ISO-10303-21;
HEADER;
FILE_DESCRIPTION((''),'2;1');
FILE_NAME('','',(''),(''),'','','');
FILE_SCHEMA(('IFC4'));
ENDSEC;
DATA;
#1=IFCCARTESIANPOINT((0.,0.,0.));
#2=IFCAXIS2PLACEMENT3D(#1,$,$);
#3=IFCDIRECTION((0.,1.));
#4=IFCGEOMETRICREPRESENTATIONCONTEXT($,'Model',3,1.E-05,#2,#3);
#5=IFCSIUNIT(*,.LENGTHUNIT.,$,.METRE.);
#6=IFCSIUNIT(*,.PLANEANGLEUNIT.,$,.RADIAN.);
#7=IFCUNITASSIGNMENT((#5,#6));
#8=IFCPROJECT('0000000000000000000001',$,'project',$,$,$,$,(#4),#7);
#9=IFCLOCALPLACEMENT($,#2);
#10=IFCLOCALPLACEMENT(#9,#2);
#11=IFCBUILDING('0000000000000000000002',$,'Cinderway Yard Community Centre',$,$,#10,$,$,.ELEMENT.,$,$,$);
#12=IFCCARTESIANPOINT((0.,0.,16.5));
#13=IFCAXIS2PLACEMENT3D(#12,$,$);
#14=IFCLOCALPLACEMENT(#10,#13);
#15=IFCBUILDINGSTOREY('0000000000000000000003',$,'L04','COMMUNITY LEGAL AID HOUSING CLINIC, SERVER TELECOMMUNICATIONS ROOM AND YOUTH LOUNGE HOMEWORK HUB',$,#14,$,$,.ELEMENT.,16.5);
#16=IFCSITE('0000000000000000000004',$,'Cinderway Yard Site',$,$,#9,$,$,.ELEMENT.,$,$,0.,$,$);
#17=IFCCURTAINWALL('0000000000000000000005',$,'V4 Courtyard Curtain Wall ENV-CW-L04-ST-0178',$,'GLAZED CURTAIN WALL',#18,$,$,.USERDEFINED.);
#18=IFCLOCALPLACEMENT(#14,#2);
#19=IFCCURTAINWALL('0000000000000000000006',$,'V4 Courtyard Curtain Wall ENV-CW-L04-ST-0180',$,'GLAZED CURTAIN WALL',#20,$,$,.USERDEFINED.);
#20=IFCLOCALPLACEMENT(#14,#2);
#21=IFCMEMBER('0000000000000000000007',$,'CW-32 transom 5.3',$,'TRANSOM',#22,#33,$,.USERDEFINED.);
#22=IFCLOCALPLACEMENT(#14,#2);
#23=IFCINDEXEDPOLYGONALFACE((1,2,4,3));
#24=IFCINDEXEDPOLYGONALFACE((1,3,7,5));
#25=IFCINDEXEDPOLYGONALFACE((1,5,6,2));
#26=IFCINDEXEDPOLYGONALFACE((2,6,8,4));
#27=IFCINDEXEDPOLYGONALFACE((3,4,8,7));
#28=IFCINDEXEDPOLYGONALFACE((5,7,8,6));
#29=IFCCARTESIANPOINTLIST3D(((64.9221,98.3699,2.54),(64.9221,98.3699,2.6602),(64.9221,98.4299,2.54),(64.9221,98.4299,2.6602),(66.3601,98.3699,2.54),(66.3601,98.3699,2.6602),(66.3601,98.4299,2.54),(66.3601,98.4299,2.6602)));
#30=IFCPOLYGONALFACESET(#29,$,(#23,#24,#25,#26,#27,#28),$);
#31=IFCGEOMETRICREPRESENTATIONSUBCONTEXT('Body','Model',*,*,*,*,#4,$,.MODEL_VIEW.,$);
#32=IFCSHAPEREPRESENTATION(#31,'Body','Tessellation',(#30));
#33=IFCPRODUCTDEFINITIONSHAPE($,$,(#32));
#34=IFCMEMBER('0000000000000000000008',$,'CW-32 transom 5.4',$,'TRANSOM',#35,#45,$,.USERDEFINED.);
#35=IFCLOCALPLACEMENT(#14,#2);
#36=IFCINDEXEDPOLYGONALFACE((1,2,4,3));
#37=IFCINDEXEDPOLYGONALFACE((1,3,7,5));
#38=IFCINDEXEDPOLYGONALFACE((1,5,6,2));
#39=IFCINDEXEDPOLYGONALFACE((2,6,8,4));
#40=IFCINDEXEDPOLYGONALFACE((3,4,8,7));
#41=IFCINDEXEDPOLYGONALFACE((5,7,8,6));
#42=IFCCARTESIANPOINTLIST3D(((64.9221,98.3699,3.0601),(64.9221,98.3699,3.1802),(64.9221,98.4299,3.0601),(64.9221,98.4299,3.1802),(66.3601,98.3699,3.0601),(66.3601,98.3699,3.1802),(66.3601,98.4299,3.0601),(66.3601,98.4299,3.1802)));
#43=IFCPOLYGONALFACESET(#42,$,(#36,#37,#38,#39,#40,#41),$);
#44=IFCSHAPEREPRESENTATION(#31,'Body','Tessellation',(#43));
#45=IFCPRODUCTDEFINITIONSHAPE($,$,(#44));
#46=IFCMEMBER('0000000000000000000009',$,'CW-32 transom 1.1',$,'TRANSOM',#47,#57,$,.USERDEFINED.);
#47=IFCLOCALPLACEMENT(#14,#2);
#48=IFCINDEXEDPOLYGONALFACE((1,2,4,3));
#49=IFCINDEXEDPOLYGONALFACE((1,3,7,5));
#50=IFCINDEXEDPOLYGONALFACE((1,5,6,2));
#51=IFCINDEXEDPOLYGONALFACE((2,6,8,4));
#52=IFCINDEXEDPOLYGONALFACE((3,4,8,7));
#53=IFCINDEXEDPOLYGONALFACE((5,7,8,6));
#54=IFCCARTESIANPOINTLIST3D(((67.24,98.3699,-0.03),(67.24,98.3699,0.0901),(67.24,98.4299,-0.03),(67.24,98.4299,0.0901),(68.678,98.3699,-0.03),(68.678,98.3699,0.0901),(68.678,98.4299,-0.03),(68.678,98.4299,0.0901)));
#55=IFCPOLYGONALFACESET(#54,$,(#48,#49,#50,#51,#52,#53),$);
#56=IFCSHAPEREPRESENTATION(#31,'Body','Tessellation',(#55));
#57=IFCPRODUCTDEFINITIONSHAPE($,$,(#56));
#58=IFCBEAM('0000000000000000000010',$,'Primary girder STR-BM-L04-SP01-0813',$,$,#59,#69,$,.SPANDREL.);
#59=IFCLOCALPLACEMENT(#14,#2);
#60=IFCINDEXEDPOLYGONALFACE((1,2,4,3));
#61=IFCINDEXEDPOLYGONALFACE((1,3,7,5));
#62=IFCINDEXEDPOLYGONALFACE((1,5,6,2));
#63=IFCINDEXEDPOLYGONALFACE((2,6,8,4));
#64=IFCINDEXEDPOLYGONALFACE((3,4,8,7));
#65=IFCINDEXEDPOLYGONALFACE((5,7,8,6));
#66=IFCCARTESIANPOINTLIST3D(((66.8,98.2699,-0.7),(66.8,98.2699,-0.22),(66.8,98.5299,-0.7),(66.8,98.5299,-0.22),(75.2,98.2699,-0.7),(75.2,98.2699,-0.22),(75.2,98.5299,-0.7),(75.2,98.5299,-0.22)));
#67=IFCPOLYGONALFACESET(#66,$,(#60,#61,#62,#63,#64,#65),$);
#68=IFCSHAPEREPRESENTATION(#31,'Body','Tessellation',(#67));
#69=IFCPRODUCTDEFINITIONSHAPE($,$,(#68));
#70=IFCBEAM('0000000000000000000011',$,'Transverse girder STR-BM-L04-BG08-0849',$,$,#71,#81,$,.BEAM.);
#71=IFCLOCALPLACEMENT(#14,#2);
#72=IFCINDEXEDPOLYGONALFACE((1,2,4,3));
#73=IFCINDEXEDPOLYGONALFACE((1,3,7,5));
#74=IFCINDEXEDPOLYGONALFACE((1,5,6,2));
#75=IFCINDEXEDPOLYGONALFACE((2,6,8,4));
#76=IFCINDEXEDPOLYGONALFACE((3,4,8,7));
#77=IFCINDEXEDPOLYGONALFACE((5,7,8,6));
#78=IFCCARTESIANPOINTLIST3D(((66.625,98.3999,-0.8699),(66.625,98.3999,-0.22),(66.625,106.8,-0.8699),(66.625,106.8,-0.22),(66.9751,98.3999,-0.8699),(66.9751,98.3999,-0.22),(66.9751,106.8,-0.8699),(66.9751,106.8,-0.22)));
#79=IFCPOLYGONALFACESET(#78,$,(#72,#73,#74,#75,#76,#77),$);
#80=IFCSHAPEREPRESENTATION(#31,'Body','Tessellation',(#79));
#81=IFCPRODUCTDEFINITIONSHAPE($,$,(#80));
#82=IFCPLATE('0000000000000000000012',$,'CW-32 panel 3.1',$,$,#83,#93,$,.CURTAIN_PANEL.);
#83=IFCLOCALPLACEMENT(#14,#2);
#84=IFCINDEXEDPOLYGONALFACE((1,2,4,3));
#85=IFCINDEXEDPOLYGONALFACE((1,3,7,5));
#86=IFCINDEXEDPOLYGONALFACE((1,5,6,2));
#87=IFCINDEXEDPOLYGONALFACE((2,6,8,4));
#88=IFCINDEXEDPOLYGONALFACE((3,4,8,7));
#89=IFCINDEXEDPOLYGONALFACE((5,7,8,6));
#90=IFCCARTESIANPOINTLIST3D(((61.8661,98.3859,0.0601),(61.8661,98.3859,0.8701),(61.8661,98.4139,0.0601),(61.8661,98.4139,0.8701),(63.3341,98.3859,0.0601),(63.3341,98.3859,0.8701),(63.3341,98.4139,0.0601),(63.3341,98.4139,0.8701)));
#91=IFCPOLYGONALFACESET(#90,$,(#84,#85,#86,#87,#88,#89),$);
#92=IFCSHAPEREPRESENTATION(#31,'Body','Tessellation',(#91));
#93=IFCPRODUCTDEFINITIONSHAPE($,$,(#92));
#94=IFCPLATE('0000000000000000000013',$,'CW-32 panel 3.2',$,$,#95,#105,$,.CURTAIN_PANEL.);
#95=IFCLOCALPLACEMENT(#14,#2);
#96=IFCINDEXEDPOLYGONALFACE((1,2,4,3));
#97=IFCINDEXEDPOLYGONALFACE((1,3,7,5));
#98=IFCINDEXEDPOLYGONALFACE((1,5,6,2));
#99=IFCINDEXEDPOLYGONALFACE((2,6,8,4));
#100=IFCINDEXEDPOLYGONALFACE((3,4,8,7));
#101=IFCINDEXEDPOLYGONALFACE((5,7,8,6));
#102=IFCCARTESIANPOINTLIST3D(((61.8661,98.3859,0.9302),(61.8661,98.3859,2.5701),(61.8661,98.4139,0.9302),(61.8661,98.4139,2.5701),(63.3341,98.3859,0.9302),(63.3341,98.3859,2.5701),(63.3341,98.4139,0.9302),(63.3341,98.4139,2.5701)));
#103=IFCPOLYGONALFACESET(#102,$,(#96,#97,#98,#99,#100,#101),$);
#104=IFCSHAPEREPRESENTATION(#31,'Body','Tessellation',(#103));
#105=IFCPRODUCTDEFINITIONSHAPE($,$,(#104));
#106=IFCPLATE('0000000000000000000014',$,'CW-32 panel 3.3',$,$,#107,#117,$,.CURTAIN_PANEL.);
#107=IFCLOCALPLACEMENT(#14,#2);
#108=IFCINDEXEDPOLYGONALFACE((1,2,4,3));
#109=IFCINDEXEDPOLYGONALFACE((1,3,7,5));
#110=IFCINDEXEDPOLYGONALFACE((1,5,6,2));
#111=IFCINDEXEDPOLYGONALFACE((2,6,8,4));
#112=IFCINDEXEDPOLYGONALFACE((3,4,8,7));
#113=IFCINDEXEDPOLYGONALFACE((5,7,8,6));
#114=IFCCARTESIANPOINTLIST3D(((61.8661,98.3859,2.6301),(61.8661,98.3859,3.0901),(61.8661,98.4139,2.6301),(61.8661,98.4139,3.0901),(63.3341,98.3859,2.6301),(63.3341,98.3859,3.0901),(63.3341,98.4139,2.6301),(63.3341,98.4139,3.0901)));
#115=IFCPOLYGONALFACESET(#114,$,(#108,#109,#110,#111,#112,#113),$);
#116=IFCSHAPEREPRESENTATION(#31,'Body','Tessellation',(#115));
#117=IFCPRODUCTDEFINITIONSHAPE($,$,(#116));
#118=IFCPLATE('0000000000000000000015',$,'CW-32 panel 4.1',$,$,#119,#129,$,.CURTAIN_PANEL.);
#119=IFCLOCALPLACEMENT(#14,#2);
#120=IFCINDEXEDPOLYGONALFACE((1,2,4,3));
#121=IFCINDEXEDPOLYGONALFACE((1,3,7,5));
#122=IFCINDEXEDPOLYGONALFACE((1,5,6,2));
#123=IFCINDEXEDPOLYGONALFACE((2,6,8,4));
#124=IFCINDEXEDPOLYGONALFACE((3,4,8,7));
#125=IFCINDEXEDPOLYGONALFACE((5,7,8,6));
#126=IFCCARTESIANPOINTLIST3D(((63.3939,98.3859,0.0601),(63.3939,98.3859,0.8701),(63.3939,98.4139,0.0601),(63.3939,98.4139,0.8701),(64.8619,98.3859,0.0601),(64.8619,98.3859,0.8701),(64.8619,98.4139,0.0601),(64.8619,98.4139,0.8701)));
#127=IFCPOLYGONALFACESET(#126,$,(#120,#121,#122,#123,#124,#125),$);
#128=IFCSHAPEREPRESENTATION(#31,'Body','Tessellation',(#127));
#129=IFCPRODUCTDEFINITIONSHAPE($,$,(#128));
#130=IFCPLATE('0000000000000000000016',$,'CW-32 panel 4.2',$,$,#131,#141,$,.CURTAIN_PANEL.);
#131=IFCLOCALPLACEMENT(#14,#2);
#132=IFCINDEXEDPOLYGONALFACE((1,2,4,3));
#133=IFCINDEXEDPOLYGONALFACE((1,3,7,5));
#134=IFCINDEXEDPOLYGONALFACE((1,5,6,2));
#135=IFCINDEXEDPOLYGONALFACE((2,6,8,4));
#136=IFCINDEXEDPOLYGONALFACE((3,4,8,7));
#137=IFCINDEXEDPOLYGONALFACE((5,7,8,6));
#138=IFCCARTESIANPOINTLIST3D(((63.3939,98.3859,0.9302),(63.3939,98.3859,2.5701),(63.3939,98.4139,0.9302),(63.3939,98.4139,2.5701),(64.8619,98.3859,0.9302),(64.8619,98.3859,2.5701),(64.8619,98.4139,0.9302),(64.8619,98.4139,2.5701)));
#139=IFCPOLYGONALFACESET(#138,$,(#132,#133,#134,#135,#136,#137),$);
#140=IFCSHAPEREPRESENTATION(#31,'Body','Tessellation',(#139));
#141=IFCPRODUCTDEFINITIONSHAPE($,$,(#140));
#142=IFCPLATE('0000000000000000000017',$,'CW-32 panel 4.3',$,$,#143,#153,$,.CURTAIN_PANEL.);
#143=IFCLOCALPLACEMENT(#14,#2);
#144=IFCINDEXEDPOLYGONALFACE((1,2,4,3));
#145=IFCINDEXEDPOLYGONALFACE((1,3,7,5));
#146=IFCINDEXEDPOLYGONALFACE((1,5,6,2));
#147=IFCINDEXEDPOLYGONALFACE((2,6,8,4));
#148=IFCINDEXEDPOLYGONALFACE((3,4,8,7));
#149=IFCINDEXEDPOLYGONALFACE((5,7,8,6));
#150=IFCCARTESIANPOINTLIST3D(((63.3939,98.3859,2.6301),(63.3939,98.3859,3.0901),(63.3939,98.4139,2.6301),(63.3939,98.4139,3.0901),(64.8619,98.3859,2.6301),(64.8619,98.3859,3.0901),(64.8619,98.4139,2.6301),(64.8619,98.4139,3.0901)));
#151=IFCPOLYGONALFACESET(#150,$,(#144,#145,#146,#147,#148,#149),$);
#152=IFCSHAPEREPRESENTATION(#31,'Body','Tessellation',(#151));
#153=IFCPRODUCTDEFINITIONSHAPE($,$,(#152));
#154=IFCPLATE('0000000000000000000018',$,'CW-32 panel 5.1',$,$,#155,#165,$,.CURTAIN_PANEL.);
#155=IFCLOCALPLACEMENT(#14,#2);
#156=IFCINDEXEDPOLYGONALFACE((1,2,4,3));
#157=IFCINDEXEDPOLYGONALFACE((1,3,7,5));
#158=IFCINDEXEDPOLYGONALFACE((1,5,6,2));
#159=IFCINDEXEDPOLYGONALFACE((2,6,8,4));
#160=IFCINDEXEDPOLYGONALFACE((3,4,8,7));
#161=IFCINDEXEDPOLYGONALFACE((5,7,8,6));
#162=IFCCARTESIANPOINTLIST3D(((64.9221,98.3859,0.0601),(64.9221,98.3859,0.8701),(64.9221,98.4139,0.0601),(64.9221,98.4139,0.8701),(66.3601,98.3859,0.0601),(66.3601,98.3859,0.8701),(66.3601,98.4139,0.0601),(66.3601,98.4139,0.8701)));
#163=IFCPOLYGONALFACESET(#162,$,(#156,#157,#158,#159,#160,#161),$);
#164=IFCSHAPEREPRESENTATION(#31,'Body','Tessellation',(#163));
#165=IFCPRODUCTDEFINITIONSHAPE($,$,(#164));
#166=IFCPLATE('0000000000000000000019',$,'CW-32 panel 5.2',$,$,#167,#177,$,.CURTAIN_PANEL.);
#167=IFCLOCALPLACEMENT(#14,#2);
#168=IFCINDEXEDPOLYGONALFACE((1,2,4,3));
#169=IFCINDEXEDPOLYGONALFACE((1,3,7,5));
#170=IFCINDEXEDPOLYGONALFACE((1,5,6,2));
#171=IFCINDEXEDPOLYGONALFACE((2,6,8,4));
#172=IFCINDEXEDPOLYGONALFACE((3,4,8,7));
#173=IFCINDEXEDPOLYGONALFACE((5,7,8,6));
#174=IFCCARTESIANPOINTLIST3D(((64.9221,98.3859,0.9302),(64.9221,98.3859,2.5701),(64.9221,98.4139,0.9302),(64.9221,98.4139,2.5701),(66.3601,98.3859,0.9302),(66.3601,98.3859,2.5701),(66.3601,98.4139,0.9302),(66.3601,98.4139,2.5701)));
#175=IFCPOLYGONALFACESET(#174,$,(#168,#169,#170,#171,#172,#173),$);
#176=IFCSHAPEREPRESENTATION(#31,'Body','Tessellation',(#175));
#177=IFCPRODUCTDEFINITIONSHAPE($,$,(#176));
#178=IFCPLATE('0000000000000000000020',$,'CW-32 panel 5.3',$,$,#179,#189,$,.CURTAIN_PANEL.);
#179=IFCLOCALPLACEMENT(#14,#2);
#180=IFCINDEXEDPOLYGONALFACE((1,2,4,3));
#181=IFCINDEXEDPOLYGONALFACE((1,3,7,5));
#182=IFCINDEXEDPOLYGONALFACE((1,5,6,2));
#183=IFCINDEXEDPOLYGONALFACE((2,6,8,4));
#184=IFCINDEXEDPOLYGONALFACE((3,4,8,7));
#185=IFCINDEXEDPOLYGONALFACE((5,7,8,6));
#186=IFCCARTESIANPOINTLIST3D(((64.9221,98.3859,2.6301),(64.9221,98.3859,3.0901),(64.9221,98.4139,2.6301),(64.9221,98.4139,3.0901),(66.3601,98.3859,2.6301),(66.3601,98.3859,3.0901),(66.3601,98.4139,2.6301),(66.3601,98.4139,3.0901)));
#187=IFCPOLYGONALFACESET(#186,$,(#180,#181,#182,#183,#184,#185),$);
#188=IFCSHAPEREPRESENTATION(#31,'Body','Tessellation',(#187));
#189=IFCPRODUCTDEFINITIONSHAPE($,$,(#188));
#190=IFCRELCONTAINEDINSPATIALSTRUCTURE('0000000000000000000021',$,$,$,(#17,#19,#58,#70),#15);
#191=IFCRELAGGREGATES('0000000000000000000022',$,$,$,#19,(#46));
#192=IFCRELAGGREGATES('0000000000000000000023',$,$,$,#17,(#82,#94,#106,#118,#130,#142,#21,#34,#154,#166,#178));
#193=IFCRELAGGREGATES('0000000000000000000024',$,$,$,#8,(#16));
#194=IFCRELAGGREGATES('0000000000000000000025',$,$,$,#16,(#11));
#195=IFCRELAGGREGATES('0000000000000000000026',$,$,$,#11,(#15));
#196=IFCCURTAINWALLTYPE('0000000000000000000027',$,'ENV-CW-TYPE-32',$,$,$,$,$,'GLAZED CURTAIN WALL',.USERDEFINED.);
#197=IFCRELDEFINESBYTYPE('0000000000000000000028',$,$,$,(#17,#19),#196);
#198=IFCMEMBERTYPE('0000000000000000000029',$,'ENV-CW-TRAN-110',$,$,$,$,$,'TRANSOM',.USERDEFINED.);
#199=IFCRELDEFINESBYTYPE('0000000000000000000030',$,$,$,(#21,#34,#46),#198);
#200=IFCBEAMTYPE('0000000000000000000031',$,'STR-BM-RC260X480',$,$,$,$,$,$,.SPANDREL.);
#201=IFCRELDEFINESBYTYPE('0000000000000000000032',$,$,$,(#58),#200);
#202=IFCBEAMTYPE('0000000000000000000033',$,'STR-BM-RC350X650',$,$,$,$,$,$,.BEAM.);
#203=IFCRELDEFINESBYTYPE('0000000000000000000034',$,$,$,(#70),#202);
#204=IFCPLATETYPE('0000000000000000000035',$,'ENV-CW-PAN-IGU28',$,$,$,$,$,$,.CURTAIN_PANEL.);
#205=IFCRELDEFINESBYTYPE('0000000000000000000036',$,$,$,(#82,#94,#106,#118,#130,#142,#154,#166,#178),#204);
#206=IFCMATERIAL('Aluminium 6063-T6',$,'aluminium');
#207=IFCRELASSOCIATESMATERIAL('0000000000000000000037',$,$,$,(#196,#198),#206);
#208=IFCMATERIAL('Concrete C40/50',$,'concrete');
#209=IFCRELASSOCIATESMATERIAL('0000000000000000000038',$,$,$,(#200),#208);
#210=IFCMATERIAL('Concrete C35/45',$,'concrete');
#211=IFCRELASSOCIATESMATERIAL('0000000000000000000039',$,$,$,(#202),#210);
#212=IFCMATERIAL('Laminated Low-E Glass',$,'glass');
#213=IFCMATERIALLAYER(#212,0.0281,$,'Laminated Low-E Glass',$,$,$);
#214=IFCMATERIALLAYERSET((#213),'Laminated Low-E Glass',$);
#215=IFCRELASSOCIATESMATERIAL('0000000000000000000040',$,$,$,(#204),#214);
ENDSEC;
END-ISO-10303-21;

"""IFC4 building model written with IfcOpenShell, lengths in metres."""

from ifc_helpers import new_model, si_unit, direction, frame, origin, origin_2d, place, context, subcontext, project, spatial, rectangle, extrude, material, layer, layer_set, material_profile, profile_set, type_object, element, aggregate, save


model = new_model("IFC4")

# Units and contexts
model_context = context("Model", 3, precision=1e-05, world=origin(), true_north=direction((0.0, 1.0)))
body_context = subcontext(model_context, "Body", "Model", "MODEL_VIEW")
ifc_project = project(units=[si_unit("LENGTHUNIT", "METRE"), si_unit("PLANEANGLEUNIT", "RADIAN")], contexts=[model_context])

# Site, building, storey
site_placement = place(None, origin())
site = spatial("IfcSite", under=ifc_project, at=site_placement, Name="Cinderway Yard Site", CompositionType="ELEMENT", RefElevation=0.0)
building_placement = place(site_placement, origin())
building = spatial("IfcBuilding", under=site, at=building_placement, Name="Cinderway Yard Community Centre", CompositionType="ELEMENT")
storey_placement = place(building_placement, frame((0.0, 0.0, 16.5)))
storey = spatial("IfcBuildingStorey", under=building, at=storey_placement, Name="L04", Description="COMMUNITY LEGAL AID HOUSING CLINIC, SERVER TELECOMMUNICATIONS ROOM AND YOUTH LOUNGE HOMEWORK HUB", CompositionType="ELEMENT", Elevation=16.5)

# Shared definitions
ifc_material_1 = material(Name="Concrete C40/50", Category="concrete")

# Curtain wall
ifc_material_2 = material(Name="Aluminium 6063-T6", Category="aluminium")
curtain_wall_type = type_object("IfcCurtainWallType", Name="ENV-CW-TYPE-32", ElementType="GLAZED CURTAIN WALL", PredefinedType="USERDEFINED", material=ifc_material_2)
curtain_wall_1_placement = place(storey_placement, origin())
curtain_wall_1 = element("IfcCurtainWall", 1, at=curtain_wall_1_placement, inside=storey, type_object=curtain_wall_type, Name="V4 Courtyard Curtain Wall ENV-CW-L04-ST-0178", ObjectType="GLAZED CURTAIN WALL", PredefinedType="USERDEFINED")

# Curtain wall
curtain_wall_2_placement = place(storey_placement, origin())
curtain_wall_2 = element("IfcCurtainWall", 2, at=curtain_wall_2_placement, inside=storey, type_object=curtain_wall_type, Name="V4 Courtyard Curtain Wall ENV-CW-L04-ST-0180", ObjectType="GLAZED CURTAIN WALL", PredefinedType="USERDEFINED")

# Members
ifc_material_profile_1 = material_profile(ifc_material_2, rectangle(XDim=0.0601, YDim=0.1201, at=origin_2d()), Name="Aluminium 6063-T6")
ifc_profile_set_1 = profile_set([ifc_material_profile_1], Name="Aluminium 6063-T6")
member_type_1 = type_object("IfcMemberType", Name="ENV-CW-TRAN-110", ElementType="TRANSOM", PredefinedType="USERDEFINED", material=ifc_profile_set_1)
member_1_placement = place(storey_placement, frame((64.9221, 98.3999, 2.6001), z_axis=(1.0, 0.0, 0.0), x_axis=(0.0, 1.0, 0.0)))
member_1 = element("IfcMember", 3, at=member_1_placement, type_object=member_type_1, Name="CW-32 transom 5.3", ObjectType="TRANSOM", PredefinedType="USERDEFINED", context=body_context, shape_type="SweptSolid", body=[
    extrude(rectangle(XDim=0.0601, YDim=0.1201, at=origin_2d()), origin(), (0.0, 0.0, 1.0), 1.438),
])
member_2_placement = place(storey_placement, frame((64.9221, 98.3999, 3.1201), z_axis=(1.0, 0.0, 0.0), x_axis=(0.0, 1.0, 0.0)))
member_2 = element("IfcMember", 4, at=member_2_placement, type_object=member_type_1, Name="CW-32 transom 5.4", ObjectType="TRANSOM", PredefinedType="USERDEFINED", context=body_context, shape_type="SweptSolid", body=[
    extrude(rectangle(XDim=0.0601, YDim=0.1201, at=origin_2d()), origin(), (0.0, 0.0, 1.0), 1.438),
])
member_3_placement = place(storey_placement, frame((67.24, 98.3999, 0.03), z_axis=(1.0, 0.0, 0.0), x_axis=(0.0, 1.0, 0.0)))
member_3 = element("IfcMember", 5, at=member_3_placement, type_object=member_type_1, Name="CW-32 transom 1.1", ObjectType="TRANSOM", PredefinedType="USERDEFINED", context=body_context, shape_type="SweptSolid", body=[
    extrude(rectangle(XDim=0.0601, YDim=0.1201, at=origin_2d()), origin(), (0.0, 0.0, 1.0), 1.438),
])
aggregate(curtain_wall_2, [member_3])

# Beams
ifc_material_profile_2 = material_profile(ifc_material_1, rectangle(XDim=0.26, YDim=0.48, at=origin_2d()), Name="Concrete C40/50")
ifc_profile_set_2 = profile_set([ifc_material_profile_2], Name="Concrete C40/50")
beam_type_1 = type_object("IfcBeamType", Name="STR-BM-RC260X480", PredefinedType="SPANDREL", material=ifc_profile_set_2)
beam_1_placement = place(storey_placement, frame((66.8, 98.3999, -0.46), z_axis=(1.0, 0.0, 0.0), x_axis=(0.0, 1.0, 0.0)))
element("IfcBeam", 6, at=beam_1_placement, inside=storey, type_object=beam_type_1, Name="Primary girder STR-BM-L04-SP01-0813", PredefinedType="SPANDREL", context=body_context, shape_type="SweptSolid", body=[
    extrude(rectangle(XDim=0.26, YDim=0.48, at=origin_2d()), origin(), (0.0, 0.0, 1.0), 8.3999),
])
ifc_material_3 = material(Name="Concrete C35/45", Category="concrete")
ifc_material_profile_3 = material_profile(ifc_material_3, rectangle(XDim=0.3501, YDim=0.6499, at=origin_2d()), Name="Concrete C35/45")
ifc_profile_set_3 = profile_set([ifc_material_profile_3], Name="Concrete C35/45")
beam_type_2 = type_object("IfcBeamType", Name="STR-BM-RC350X650", PredefinedType="BEAM", material=ifc_profile_set_3)
beam_2_placement = place(storey_placement, frame((66.8, 98.3999, -0.5449), z_axis=(0.0, 1.0, 0.0), x_axis=(-1.0, 0.0, 0.0)))
element("IfcBeam", 7, at=beam_2_placement, inside=storey, type_object=beam_type_2, Name="Transverse girder STR-BM-L04-BG08-0849", PredefinedType="BEAM", context=body_context, shape_type="SweptSolid", body=[
    extrude(rectangle(XDim=0.3501, YDim=0.6499, at=origin_2d()), origin(), (0.0, 0.0, 1.0), 8.4001),
])

# Plates
ifc_material_4 = material(Name="Laminated Low-E Glass", Category="glass")
ifc_layer = layer(ifc_material_4, 0.0281, Name="Laminated Low-E Glass")
ifc_layer_set = layer_set([ifc_layer], Name="Laminated Low-E Glass")
plate_type = type_object("IfcPlateType", Name="ENV-CW-PAN-IGU28", PredefinedType="CURTAIN_PANEL", material=ifc_layer_set)
plate_1_placement = place(storey_placement, frame((62.6001, 98.3999, 0.0601), z_axis=(0.0, 0.0, 1.0), x_axis=(1.0, 0.0, 0.0)))
plate_1 = element("IfcPlate", 8, at=plate_1_placement, type_object=plate_type, Name="CW-32 panel 3.1", PredefinedType="CURTAIN_PANEL", context=body_context, shape_type="SweptSolid", body=[
    extrude(rectangle(XDim=1.468, YDim=0.0281, at=origin_2d()), origin(), (0.0, 0.0, 1.0), 0.8101),
])
plate_2_placement = place(storey_placement, frame((62.6001, 98.3999, 0.9302), z_axis=(0.0, 0.0, 1.0), x_axis=(1.0, 0.0, 0.0)))
plate_2 = element("IfcPlate", 9, at=plate_2_placement, type_object=plate_type, Name="CW-32 panel 3.2", PredefinedType="CURTAIN_PANEL", context=body_context, shape_type="SweptSolid", body=[
    extrude(rectangle(XDim=1.468, YDim=0.0281, at=origin_2d()), origin(), (0.0, 0.0, 1.0), 1.6399),
])
plate_3_placement = place(storey_placement, frame((62.6001, 98.3999, 2.6301), z_axis=(0.0, 0.0, 1.0), x_axis=(1.0, 0.0, 0.0)))
plate_3 = element("IfcPlate", 10, at=plate_3_placement, type_object=plate_type, Name="CW-32 panel 3.3", PredefinedType="CURTAIN_PANEL", context=body_context, shape_type="SweptSolid", body=[
    extrude(rectangle(XDim=1.468, YDim=0.0281, at=origin_2d()), origin(), (0.0, 0.0, 1.0), 0.46),
])
plate_4_placement = place(storey_placement, frame((64.1279, 98.3999, 0.0601), z_axis=(0.0, 0.0, 1.0), x_axis=(1.0, 0.0, 0.0)))
plate_4 = element("IfcPlate", 11, at=plate_4_placement, type_object=plate_type, Name="CW-32 panel 4.1", PredefinedType="CURTAIN_PANEL", context=body_context, shape_type="SweptSolid", body=[
    extrude(rectangle(XDim=1.468, YDim=0.0281, at=origin_2d()), origin(), (0.0, 0.0, 1.0), 0.8101),
])
plate_5_placement = place(storey_placement, frame((64.1279, 98.3999, 0.9302), z_axis=(0.0, 0.0, 1.0), x_axis=(1.0, 0.0, 0.0)))
plate_5 = element("IfcPlate", 12, at=plate_5_placement, type_object=plate_type, Name="CW-32 panel 4.2", PredefinedType="CURTAIN_PANEL", context=body_context, shape_type="SweptSolid", body=[
    extrude(rectangle(XDim=1.468, YDim=0.0281, at=origin_2d()), origin(), (0.0, 0.0, 1.0), 1.6399),
])
plate_6_placement = place(storey_placement, frame((64.1279, 98.3999, 2.6301), z_axis=(0.0, 0.0, 1.0), x_axis=(1.0, 0.0, 0.0)))
plate_6 = element("IfcPlate", 13, at=plate_6_placement, type_object=plate_type, Name="CW-32 panel 4.3", PredefinedType="CURTAIN_PANEL", context=body_context, shape_type="SweptSolid", body=[
    extrude(rectangle(XDim=1.468, YDim=0.0281, at=origin_2d()), origin(), (0.0, 0.0, 1.0), 0.46),
])
plate_7_placement = place(storey_placement, frame((65.6411, 98.3999, 0.0601), z_axis=(0.0, 0.0, 1.0), x_axis=(1.0, 0.0, 0.0)))
plate_7 = element("IfcPlate", 14, at=plate_7_placement, type_object=plate_type, Name="CW-32 panel 5.1", PredefinedType="CURTAIN_PANEL", context=body_context, shape_type="SweptSolid", body=[
    extrude(rectangle(XDim=1.438, YDim=0.0281, at=origin_2d()), origin(), (0.0, 0.0, 1.0), 0.8101),
])
plate_8_placement = place(storey_placement, frame((65.6411, 98.3999, 0.9302), z_axis=(0.0, 0.0, 1.0), x_axis=(1.0, 0.0, 0.0)))
plate_8 = element("IfcPlate", 15, at=plate_8_placement, type_object=plate_type, Name="CW-32 panel 5.2", PredefinedType="CURTAIN_PANEL", context=body_context, shape_type="SweptSolid", body=[
    extrude(rectangle(XDim=1.438, YDim=0.0281, at=origin_2d()), origin(), (0.0, 0.0, 1.0), 1.6399),
])
plate_9_placement = place(storey_placement, frame((65.6411, 98.3999, 2.6301), z_axis=(0.0, 0.0, 1.0), x_axis=(1.0, 0.0, 0.0)))
plate_9 = element("IfcPlate", 16, at=plate_9_placement, type_object=plate_type, Name="CW-32 panel 5.3", PredefinedType="CURTAIN_PANEL", context=body_context, shape_type="SweptSolid", body=[
    extrude(rectangle(XDim=1.438, YDim=0.0281, at=origin_2d()), origin(), (0.0, 0.0, 1.0), 0.46),
])
aggregate(curtain_wall_1, [plate_1, plate_2, plate_3, plate_4, plate_5, plate_6, member_1, member_2, plate_7, plate_8, plate_9])

save(model, "model.ifc")
